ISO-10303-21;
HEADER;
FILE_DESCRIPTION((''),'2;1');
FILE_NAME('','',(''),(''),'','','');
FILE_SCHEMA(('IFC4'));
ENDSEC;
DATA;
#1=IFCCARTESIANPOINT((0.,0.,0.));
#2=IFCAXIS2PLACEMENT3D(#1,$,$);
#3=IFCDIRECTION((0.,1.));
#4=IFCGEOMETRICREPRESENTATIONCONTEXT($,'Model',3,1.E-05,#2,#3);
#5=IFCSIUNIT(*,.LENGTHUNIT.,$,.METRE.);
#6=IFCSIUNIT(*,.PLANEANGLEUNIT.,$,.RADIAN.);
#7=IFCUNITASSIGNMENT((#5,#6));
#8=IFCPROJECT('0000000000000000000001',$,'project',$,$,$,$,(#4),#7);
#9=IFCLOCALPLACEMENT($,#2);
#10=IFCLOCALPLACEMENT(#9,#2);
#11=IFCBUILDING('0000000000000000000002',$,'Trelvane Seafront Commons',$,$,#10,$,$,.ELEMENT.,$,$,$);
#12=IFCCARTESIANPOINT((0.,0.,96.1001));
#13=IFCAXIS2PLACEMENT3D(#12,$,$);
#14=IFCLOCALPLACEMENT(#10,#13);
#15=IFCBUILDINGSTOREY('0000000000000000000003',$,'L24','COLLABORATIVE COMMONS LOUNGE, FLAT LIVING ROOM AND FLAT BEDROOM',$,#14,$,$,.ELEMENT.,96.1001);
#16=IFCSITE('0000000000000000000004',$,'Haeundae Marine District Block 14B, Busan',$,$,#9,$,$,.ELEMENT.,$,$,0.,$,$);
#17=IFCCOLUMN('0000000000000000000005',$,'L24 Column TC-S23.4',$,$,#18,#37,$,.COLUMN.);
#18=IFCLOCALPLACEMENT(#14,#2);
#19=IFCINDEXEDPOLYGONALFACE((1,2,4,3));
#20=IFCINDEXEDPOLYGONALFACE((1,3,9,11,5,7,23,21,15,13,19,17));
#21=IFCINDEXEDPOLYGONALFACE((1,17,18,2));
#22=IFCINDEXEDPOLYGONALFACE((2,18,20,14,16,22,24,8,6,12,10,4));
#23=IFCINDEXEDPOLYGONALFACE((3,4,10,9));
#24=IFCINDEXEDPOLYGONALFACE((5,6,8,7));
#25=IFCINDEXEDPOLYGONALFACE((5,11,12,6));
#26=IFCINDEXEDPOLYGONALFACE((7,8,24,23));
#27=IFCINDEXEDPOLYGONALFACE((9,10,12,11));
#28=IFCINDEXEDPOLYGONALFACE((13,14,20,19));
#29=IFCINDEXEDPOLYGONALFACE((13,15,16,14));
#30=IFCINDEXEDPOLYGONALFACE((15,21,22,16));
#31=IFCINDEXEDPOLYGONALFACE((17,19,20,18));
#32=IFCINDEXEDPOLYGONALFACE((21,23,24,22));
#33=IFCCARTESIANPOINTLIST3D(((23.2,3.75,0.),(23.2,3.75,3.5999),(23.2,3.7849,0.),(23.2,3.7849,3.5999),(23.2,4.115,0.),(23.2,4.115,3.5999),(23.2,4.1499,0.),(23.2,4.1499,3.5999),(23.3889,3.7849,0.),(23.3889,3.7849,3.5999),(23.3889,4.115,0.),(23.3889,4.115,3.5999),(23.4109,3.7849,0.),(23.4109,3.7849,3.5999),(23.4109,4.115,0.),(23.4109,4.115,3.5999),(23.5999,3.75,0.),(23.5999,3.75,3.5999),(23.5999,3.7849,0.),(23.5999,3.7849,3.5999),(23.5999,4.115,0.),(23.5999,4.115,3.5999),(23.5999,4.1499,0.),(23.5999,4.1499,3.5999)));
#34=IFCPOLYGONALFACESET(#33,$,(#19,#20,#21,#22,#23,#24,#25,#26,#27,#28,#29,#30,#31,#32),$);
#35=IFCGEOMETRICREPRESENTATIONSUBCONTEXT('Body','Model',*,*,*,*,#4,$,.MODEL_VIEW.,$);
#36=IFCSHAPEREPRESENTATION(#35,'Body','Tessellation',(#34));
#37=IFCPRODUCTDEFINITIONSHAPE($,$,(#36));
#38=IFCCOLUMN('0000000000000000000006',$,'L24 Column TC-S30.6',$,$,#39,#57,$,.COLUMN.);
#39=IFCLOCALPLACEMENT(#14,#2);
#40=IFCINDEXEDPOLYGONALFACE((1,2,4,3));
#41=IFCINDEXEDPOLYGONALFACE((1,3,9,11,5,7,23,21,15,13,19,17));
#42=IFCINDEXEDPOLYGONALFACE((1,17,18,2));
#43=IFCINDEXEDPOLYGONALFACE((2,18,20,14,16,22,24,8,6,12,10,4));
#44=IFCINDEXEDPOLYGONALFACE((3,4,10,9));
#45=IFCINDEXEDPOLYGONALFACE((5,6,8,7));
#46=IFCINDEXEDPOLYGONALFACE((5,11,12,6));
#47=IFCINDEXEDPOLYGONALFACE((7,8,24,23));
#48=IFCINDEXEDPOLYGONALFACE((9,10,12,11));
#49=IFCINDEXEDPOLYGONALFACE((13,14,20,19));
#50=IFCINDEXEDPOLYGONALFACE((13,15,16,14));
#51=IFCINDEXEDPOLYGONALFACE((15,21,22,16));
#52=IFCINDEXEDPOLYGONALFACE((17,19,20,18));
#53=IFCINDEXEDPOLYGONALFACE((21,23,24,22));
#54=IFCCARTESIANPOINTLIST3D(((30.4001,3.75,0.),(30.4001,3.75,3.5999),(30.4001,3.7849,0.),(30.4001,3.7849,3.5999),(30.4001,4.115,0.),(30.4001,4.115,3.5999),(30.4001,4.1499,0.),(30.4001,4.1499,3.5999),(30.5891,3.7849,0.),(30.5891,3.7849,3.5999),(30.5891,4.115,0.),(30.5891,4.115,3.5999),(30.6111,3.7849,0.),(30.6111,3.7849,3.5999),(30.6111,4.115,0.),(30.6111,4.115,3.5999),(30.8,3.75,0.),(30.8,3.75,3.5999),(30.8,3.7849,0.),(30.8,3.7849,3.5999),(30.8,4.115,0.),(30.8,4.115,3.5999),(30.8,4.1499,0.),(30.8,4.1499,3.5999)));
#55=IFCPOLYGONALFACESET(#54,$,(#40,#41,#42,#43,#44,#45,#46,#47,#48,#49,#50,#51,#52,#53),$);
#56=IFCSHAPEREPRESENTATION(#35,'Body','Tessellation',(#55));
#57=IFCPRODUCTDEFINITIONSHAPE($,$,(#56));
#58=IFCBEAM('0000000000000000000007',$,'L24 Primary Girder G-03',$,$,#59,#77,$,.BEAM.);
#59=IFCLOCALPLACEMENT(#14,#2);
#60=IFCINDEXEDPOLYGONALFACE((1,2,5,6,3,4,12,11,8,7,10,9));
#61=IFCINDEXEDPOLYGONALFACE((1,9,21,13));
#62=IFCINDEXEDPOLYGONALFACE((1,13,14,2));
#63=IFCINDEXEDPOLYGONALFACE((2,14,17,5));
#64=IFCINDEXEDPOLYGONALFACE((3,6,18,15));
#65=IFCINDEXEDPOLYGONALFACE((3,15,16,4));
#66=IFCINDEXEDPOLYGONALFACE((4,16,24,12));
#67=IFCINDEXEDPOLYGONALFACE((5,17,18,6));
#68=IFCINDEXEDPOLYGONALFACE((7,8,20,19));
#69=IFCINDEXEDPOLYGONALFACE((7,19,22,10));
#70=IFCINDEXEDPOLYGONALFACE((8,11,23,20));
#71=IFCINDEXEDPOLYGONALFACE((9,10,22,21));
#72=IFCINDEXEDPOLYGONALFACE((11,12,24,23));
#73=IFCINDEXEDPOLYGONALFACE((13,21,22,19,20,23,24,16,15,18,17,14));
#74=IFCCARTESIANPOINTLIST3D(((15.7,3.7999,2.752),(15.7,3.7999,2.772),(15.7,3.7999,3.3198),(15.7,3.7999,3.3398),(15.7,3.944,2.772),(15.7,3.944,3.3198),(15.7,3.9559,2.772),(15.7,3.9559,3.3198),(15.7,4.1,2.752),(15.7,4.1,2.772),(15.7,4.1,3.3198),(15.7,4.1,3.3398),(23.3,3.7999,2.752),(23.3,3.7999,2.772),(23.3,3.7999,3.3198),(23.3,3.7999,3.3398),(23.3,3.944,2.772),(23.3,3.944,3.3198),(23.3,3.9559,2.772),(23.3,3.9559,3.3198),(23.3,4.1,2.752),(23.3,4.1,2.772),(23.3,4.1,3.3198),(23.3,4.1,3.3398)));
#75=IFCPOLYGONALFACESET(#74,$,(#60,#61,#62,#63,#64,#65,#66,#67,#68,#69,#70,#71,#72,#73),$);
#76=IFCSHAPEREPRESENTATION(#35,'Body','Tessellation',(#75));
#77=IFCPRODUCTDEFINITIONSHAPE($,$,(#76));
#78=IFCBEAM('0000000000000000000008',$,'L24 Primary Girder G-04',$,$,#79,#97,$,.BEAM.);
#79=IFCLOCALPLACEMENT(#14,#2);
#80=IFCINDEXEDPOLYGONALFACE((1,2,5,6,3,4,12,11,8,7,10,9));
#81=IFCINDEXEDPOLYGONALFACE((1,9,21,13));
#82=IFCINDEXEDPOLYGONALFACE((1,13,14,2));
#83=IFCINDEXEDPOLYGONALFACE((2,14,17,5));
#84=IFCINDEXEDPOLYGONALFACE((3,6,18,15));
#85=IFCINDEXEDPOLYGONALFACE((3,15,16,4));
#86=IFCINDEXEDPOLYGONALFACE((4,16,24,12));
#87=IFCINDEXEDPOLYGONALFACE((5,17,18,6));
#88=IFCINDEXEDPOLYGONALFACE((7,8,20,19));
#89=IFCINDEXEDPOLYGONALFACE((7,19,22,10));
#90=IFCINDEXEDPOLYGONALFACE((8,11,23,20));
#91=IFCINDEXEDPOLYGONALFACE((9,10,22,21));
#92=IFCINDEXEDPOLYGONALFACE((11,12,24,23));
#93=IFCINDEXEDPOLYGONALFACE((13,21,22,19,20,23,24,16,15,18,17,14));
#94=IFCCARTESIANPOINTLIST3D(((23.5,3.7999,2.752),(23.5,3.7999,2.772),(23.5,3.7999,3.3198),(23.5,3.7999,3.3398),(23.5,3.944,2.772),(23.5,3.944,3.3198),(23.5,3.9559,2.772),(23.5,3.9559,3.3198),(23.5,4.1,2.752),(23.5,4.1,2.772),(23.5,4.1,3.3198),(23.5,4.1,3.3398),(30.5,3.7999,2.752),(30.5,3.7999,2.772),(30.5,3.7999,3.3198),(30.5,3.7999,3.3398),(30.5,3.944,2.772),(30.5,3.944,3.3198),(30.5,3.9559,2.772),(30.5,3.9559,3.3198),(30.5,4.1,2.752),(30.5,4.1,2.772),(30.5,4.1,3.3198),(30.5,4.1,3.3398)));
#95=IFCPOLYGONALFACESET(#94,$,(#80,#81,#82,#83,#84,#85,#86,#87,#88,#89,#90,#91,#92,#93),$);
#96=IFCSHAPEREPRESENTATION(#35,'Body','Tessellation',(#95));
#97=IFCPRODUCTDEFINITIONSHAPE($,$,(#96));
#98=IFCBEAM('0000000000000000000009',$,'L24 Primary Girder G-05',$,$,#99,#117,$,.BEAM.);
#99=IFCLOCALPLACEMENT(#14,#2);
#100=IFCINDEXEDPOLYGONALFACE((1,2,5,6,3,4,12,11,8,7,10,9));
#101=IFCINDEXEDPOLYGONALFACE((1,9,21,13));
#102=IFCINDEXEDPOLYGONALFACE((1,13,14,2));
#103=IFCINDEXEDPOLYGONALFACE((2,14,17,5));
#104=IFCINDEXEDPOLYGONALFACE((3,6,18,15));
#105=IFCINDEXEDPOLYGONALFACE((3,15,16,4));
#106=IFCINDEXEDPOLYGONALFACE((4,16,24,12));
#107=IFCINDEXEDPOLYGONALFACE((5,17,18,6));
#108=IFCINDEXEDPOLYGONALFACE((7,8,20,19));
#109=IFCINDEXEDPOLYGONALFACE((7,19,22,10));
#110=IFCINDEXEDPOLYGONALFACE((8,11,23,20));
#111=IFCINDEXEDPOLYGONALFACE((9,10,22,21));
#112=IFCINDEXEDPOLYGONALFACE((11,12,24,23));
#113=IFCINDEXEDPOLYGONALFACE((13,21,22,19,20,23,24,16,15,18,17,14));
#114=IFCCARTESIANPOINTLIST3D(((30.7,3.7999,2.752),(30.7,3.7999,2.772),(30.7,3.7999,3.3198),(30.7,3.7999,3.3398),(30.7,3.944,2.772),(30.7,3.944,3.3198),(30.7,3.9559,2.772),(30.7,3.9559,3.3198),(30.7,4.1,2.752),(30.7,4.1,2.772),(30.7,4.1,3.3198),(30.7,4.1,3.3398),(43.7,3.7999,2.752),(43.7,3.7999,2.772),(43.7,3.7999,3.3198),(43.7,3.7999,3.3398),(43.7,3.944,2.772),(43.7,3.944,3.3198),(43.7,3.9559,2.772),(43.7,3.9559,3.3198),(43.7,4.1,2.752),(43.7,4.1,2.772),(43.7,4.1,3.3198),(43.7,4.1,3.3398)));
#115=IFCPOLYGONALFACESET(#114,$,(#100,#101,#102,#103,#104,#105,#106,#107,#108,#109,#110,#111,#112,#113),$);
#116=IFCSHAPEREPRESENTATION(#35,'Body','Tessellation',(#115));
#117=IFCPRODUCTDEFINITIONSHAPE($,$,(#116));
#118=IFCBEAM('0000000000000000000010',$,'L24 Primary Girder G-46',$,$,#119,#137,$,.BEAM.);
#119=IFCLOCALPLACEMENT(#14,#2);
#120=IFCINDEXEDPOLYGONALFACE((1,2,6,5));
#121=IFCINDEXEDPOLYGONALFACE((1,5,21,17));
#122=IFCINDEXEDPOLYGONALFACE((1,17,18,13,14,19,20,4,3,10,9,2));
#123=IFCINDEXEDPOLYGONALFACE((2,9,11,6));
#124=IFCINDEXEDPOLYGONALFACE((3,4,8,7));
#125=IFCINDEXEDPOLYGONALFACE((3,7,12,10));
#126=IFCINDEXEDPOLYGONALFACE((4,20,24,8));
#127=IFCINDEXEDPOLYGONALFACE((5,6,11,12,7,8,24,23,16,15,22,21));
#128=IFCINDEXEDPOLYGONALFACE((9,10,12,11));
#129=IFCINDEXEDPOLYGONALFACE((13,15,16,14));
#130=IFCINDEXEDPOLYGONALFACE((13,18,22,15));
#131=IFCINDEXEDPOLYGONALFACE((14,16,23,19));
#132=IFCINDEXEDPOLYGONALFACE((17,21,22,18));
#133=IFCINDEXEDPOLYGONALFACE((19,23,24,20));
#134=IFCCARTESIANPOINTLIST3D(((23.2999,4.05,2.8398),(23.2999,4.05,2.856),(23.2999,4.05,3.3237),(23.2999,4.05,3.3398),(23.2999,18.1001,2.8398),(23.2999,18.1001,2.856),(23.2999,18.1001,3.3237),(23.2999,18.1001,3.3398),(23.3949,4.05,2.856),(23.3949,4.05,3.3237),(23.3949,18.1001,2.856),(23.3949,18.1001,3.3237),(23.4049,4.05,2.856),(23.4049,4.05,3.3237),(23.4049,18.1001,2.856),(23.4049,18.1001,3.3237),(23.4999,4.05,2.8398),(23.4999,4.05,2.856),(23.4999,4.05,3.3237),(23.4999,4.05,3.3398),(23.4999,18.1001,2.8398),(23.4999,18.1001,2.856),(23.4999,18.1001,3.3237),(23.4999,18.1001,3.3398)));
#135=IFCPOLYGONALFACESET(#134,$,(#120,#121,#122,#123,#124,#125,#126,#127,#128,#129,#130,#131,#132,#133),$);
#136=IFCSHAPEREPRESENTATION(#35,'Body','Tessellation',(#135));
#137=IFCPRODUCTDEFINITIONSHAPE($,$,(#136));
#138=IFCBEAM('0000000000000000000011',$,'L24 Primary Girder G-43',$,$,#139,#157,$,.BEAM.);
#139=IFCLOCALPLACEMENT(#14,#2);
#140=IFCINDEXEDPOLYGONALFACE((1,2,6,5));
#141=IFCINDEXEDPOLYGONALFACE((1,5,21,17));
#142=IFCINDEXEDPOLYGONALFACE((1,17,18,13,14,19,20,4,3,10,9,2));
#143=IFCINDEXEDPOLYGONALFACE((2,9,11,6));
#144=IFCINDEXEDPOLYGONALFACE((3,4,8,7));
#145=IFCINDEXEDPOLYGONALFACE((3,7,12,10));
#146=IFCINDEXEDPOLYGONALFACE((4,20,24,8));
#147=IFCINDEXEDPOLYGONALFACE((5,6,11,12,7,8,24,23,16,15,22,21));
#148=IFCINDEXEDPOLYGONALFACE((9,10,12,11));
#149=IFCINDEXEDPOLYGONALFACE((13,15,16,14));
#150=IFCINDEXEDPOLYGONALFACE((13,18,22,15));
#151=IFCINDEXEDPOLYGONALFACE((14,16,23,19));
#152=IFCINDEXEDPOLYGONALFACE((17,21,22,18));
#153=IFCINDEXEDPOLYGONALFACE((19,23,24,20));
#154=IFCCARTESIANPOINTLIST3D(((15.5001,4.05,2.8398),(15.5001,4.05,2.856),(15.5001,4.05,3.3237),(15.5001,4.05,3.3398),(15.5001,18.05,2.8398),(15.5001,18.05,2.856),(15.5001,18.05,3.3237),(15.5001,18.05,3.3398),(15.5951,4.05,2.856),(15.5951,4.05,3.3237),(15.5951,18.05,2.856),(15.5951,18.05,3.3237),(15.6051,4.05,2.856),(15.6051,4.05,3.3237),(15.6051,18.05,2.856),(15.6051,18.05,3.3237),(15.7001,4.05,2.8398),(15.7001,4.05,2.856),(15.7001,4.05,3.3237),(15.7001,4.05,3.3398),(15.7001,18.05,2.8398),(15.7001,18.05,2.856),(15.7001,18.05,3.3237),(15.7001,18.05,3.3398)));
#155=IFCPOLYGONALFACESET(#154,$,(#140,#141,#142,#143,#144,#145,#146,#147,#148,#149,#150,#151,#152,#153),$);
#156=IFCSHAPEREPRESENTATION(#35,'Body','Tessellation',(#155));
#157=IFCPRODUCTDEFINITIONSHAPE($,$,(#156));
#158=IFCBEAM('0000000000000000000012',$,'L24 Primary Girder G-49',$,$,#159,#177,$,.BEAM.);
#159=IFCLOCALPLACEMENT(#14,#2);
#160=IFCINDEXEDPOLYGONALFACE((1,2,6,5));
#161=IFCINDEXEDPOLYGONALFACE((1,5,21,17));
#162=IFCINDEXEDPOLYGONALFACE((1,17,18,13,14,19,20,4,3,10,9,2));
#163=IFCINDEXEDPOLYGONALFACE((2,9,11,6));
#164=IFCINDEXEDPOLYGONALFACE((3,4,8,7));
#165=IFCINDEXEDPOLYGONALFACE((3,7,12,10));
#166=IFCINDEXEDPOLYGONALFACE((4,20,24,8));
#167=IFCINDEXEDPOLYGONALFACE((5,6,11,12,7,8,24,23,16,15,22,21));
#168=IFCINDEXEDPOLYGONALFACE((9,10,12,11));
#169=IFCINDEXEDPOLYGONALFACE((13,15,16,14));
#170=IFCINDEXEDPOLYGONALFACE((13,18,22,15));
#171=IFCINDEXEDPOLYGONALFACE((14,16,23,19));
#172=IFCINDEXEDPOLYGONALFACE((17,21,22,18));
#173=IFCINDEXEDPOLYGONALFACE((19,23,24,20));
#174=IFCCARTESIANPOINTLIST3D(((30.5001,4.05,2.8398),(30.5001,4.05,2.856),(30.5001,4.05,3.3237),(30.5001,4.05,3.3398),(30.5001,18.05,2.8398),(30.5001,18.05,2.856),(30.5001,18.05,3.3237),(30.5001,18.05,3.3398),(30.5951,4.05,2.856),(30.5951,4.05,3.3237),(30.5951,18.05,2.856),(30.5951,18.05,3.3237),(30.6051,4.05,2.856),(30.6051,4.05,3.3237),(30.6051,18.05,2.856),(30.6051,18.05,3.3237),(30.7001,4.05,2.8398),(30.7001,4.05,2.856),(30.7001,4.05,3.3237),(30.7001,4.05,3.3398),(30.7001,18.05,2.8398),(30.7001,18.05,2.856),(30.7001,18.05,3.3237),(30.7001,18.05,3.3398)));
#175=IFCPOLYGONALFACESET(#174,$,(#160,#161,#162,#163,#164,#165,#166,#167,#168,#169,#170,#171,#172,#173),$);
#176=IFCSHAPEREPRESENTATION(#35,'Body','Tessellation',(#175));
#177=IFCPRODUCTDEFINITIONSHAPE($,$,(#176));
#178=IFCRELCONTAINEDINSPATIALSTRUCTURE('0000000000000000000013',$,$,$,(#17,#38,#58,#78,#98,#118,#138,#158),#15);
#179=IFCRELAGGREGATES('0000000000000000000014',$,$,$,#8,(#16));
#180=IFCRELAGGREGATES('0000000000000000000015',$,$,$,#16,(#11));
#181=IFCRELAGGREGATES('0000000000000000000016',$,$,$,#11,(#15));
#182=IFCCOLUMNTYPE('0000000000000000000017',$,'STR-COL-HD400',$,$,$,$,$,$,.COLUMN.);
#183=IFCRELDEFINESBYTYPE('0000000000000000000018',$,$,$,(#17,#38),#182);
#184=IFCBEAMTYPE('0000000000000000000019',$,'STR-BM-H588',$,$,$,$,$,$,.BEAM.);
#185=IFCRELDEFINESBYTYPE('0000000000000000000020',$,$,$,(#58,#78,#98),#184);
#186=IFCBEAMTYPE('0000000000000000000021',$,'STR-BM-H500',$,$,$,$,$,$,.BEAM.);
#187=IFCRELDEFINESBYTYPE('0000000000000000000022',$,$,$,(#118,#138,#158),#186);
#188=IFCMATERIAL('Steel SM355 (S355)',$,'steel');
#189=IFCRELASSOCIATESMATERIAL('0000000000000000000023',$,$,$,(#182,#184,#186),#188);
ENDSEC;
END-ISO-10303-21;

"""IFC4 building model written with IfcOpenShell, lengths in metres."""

from ifc_helpers import new_model, si_unit, direction, frame, origin, origin_2d, place, context, subcontext, project, spatial, i_section, extrude, source, transform, mapped, material, material_profile, profile_set, type_object, element, save


model = new_model("IFC4")

# Units and contexts
model_context = context("Model", 3, precision=1e-05, world=origin(), true_north=direction((0.0, 1.0)))
body_context = subcontext(model_context, "Body", "Model", "MODEL_VIEW")
ifc_project = project(units=[si_unit("LENGTHUNIT", "METRE"), si_unit("PLANEANGLEUNIT", "RADIAN")], contexts=[model_context])

# Site, building, storey
site_placement = place(None, origin())
site = spatial("IfcSite", under=ifc_project, at=site_placement, Name="Haeundae Marine District Block 14B, Busan", CompositionType="ELEMENT", RefElevation=0.0)
building_placement = place(site_placement, origin())
building = spatial("IfcBuilding", under=site, at=building_placement, Name="Trelvane Seafront Commons", CompositionType="ELEMENT")
storey_placement = place(building_placement, frame((0.0, 0.0, 96.1001)))
storey = spatial("IfcBuildingStorey", under=building, at=storey_placement, Name="L24", Description="COLLABORATIVE COMMONS LOUNGE, FLAT LIVING ROOM AND FLAT BEDROOM", CompositionType="ELEMENT", Elevation=96.1001)

# Columns
ifc_material_1 = material(Name="Steel SM355 (S355)", Category="steel")
ifc_material_profile_1 = material_profile(ifc_material_1, i_section(OverallWidth=0.3999, OverallDepth=0.3999, WebThickness=0.022, FlangeThickness=0.0349, at=origin_2d()), Name="HD-400x400x22x35")
ifc_profile_set_1 = profile_set([ifc_material_profile_1], Name="Steel SM355 (S355)")
column_type = type_object("IfcColumnType", Name="STR-COL-HD400", PredefinedType="COLUMN", material=ifc_profile_set_1)
shared_shape_1 = source(origin(), body_context, "Body", "SweptSolid", [
    extrude(i_section(OverallWidth=0.3999, OverallDepth=0.3999, WebThickness=0.022, FlangeThickness=0.0349, at=origin_2d()), origin(), (0.0, 0.0, 1.0), 3.5999),
])
for number, where, z_axis, x_axis, name in (
    (1, (23.3999, 3.95, 0.0), (0.0, 0.0, 1.0), (1.0, 0.0, 0.0), "L24 Column TC-S23.4"),
    (2, (30.6001, 3.95, 0.0), (0.0, 0.0, 1.0), (1.0, 0.0, 0.0), "L24 Column TC-S30.6"),
):
    element("IfcColumn", number, at=place(storey_placement, frame(where, z_axis=z_axis, x_axis=x_axis)), inside=storey, type_object=column_type, Name=name, PredefinedType="COLUMN", context=body_context, shape_type="MappedRepresentation", body=[
        mapped(shared_shape_1, transform((0.0, 0.0, 0.0), x_axis=(1.0, 0.0, 0.0), y_axis=(0.0, 1.0, 0.0), z_axis=(0.0, 0.0, 1.0), scale=1.0)),
    ])

# Beams
ifc_material_profile_2 = material_profile(ifc_material_1, i_section(OverallWidth=0.3, OverallDepth=0.5879, WebThickness=0.012, FlangeThickness=0.02, at=origin_2d()), Name="H-588x300x12x20")
ifc_profile_set_2 = profile_set([ifc_material_profile_2], Name="Steel SM355 (S355)")
beam_type_1 = type_object("IfcBeamType", Name="STR-BM-H588", PredefinedType="BEAM", material=ifc_profile_set_2)
shared_shape_2 = source(origin(), body_context, "Body", "SweptSolid", [
    extrude(i_section(OverallWidth=0.3, OverallDepth=0.5879, WebThickness=0.012, FlangeThickness=0.02, at=origin_2d()), origin(), (0.0, 0.0, 1.0), 7.6001),
])
beam_1_placement = place(storey_placement, frame((15.7, 3.95, 3.0459), z_axis=(1.0, 0.0, 0.0), x_axis=(0.0, 1.0, 0.0)))
element("IfcBeam", 3, at=beam_1_placement, inside=storey, type_object=beam_type_1, Name="L24 Primary Girder G-03", PredefinedType="BEAM", context=body_context, shape_type="MappedRepresentation", body=[
    mapped(shared_shape_2, transform((0.0, 0.0, 0.0), x_axis=(1.0, 0.0, 0.0), y_axis=(0.0, 1.0, 0.0), z_axis=(0.0, 0.0, 1.0), scale=1.0)),
])
shared_shape_3 = source(origin(), body_context, "Body", "SweptSolid", [
    extrude(i_section(OverallWidth=0.3, OverallDepth=0.5879, WebThickness=0.012, FlangeThickness=0.02, at=origin_2d()), origin(), (0.0, 0.0, 1.0), 7.0),
])
beam_2_placement = place(storey_placement, frame((23.5, 3.95, 3.0459), z_axis=(1.0, 0.0, 0.0), x_axis=(0.0, 1.0, 0.0)))
element("IfcBeam", 4, at=beam_2_placement, inside=storey, type_object=beam_type_1, Name="L24 Primary Girder G-04", PredefinedType="BEAM", context=body_context, shape_type="MappedRepresentation", body=[
    mapped(shared_shape_3, transform((0.0, 0.0, 0.0), x_axis=(1.0, 0.0, 0.0), y_axis=(0.0, 1.0, 0.0), z_axis=(0.0, 0.0, 1.0), scale=1.0)),
])
shared_shape_4 = source(origin(), body_context, "Body", "SweptSolid", [
    extrude(i_section(OverallWidth=0.3, OverallDepth=0.5879, WebThickness=0.012, FlangeThickness=0.02, at=origin_2d()), origin(), (0.0, 0.0, 1.0), 13.0),
])
beam_3_placement = place(storey_placement, frame((30.7, 3.95, 3.0459), z_axis=(1.0, 0.0, 0.0), x_axis=(0.0, 1.0, 0.0)))
element("IfcBeam", 5, at=beam_3_placement, inside=storey, type_object=beam_type_1, Name="L24 Primary Girder G-05", PredefinedType="BEAM", context=body_context, shape_type="MappedRepresentation", body=[
    mapped(shared_shape_4, transform((0.0, 0.0, 0.0), x_axis=(1.0, 0.0, 0.0), y_axis=(0.0, 1.0, 0.0), z_axis=(0.0, 0.0, 1.0), scale=1.0)),
])
ifc_material_profile_3 = material_profile(ifc_material_1, i_section(OverallWidth=0.2, OverallDepth=0.5, WebThickness=0.01, FlangeThickness=0.0161, at=origin_2d()), Name="H-500x200x10x16")
ifc_profile_set_3 = profile_set([ifc_material_profile_3], Name="Steel SM355 (S355)")
beam_type_2 = type_object("IfcBeamType", Name="STR-BM-H500", PredefinedType="BEAM", material=ifc_profile_set_3)
shared_shape_5 = source(origin(), body_context, "Body", "SweptSolid", [
    extrude(i_section(OverallWidth=0.2, OverallDepth=0.5, WebThickness=0.01, FlangeThickness=0.0161, at=origin_2d()), origin(), (0.0, 0.0, 1.0), 14.05),
])
beam_4_placement = place(storey_placement, frame((23.3999, 4.05, 3.0898), z_axis=(0.0, 1.0, 0.0), x_axis=(-1.0, 0.0, 0.0)))
element("IfcBeam", 6, at=beam_4_placement, inside=storey, type_object=beam_type_2, Name="L24 Primary Girder G-46", PredefinedType="BEAM", context=body_context, shape_type="MappedRepresentation", body=[
    mapped(shared_shape_5, transform((0.0, 0.0, 0.0), x_axis=(1.0, 0.0, 0.0), y_axis=(0.0, 1.0, 0.0), z_axis=(0.0, 0.0, 1.0), scale=1.0)),
])
shared_shape_6 = source(origin(), body_context, "Body", "SweptSolid", [
    extrude(i_section(OverallWidth=0.2, OverallDepth=0.5, WebThickness=0.01, FlangeThickness=0.0161, at=origin_2d()), origin(), (0.0, 0.0, 1.0), 14.0),
])
for number, where, z_axis, x_axis, name in (
    (7, (15.6001, 4.05, 3.0898), (0.0, 1.0, 0.0), (-1.0, 0.0, 0.0), "L24 Primary Girder G-43"),
    (8, (30.6001, 4.05, 3.0898), (0.0, 1.0, 0.0), (-1.0, 0.0, 0.0), "L24 Primary Girder G-49"),
):
    element("IfcBeam", number, at=place(storey_placement, frame(where, z_axis=z_axis, x_axis=x_axis)), inside=storey, type_object=beam_type_2, Name=name, PredefinedType="BEAM", context=body_context, shape_type="MappedRepresentation", body=[
        mapped(shared_shape_6, transform((0.0, 0.0, 0.0), x_axis=(1.0, 0.0, 0.0), y_axis=(0.0, 1.0, 0.0), z_axis=(0.0, 0.0, 1.0), scale=1.0)),
    ])

save(model, "model.ifc")
